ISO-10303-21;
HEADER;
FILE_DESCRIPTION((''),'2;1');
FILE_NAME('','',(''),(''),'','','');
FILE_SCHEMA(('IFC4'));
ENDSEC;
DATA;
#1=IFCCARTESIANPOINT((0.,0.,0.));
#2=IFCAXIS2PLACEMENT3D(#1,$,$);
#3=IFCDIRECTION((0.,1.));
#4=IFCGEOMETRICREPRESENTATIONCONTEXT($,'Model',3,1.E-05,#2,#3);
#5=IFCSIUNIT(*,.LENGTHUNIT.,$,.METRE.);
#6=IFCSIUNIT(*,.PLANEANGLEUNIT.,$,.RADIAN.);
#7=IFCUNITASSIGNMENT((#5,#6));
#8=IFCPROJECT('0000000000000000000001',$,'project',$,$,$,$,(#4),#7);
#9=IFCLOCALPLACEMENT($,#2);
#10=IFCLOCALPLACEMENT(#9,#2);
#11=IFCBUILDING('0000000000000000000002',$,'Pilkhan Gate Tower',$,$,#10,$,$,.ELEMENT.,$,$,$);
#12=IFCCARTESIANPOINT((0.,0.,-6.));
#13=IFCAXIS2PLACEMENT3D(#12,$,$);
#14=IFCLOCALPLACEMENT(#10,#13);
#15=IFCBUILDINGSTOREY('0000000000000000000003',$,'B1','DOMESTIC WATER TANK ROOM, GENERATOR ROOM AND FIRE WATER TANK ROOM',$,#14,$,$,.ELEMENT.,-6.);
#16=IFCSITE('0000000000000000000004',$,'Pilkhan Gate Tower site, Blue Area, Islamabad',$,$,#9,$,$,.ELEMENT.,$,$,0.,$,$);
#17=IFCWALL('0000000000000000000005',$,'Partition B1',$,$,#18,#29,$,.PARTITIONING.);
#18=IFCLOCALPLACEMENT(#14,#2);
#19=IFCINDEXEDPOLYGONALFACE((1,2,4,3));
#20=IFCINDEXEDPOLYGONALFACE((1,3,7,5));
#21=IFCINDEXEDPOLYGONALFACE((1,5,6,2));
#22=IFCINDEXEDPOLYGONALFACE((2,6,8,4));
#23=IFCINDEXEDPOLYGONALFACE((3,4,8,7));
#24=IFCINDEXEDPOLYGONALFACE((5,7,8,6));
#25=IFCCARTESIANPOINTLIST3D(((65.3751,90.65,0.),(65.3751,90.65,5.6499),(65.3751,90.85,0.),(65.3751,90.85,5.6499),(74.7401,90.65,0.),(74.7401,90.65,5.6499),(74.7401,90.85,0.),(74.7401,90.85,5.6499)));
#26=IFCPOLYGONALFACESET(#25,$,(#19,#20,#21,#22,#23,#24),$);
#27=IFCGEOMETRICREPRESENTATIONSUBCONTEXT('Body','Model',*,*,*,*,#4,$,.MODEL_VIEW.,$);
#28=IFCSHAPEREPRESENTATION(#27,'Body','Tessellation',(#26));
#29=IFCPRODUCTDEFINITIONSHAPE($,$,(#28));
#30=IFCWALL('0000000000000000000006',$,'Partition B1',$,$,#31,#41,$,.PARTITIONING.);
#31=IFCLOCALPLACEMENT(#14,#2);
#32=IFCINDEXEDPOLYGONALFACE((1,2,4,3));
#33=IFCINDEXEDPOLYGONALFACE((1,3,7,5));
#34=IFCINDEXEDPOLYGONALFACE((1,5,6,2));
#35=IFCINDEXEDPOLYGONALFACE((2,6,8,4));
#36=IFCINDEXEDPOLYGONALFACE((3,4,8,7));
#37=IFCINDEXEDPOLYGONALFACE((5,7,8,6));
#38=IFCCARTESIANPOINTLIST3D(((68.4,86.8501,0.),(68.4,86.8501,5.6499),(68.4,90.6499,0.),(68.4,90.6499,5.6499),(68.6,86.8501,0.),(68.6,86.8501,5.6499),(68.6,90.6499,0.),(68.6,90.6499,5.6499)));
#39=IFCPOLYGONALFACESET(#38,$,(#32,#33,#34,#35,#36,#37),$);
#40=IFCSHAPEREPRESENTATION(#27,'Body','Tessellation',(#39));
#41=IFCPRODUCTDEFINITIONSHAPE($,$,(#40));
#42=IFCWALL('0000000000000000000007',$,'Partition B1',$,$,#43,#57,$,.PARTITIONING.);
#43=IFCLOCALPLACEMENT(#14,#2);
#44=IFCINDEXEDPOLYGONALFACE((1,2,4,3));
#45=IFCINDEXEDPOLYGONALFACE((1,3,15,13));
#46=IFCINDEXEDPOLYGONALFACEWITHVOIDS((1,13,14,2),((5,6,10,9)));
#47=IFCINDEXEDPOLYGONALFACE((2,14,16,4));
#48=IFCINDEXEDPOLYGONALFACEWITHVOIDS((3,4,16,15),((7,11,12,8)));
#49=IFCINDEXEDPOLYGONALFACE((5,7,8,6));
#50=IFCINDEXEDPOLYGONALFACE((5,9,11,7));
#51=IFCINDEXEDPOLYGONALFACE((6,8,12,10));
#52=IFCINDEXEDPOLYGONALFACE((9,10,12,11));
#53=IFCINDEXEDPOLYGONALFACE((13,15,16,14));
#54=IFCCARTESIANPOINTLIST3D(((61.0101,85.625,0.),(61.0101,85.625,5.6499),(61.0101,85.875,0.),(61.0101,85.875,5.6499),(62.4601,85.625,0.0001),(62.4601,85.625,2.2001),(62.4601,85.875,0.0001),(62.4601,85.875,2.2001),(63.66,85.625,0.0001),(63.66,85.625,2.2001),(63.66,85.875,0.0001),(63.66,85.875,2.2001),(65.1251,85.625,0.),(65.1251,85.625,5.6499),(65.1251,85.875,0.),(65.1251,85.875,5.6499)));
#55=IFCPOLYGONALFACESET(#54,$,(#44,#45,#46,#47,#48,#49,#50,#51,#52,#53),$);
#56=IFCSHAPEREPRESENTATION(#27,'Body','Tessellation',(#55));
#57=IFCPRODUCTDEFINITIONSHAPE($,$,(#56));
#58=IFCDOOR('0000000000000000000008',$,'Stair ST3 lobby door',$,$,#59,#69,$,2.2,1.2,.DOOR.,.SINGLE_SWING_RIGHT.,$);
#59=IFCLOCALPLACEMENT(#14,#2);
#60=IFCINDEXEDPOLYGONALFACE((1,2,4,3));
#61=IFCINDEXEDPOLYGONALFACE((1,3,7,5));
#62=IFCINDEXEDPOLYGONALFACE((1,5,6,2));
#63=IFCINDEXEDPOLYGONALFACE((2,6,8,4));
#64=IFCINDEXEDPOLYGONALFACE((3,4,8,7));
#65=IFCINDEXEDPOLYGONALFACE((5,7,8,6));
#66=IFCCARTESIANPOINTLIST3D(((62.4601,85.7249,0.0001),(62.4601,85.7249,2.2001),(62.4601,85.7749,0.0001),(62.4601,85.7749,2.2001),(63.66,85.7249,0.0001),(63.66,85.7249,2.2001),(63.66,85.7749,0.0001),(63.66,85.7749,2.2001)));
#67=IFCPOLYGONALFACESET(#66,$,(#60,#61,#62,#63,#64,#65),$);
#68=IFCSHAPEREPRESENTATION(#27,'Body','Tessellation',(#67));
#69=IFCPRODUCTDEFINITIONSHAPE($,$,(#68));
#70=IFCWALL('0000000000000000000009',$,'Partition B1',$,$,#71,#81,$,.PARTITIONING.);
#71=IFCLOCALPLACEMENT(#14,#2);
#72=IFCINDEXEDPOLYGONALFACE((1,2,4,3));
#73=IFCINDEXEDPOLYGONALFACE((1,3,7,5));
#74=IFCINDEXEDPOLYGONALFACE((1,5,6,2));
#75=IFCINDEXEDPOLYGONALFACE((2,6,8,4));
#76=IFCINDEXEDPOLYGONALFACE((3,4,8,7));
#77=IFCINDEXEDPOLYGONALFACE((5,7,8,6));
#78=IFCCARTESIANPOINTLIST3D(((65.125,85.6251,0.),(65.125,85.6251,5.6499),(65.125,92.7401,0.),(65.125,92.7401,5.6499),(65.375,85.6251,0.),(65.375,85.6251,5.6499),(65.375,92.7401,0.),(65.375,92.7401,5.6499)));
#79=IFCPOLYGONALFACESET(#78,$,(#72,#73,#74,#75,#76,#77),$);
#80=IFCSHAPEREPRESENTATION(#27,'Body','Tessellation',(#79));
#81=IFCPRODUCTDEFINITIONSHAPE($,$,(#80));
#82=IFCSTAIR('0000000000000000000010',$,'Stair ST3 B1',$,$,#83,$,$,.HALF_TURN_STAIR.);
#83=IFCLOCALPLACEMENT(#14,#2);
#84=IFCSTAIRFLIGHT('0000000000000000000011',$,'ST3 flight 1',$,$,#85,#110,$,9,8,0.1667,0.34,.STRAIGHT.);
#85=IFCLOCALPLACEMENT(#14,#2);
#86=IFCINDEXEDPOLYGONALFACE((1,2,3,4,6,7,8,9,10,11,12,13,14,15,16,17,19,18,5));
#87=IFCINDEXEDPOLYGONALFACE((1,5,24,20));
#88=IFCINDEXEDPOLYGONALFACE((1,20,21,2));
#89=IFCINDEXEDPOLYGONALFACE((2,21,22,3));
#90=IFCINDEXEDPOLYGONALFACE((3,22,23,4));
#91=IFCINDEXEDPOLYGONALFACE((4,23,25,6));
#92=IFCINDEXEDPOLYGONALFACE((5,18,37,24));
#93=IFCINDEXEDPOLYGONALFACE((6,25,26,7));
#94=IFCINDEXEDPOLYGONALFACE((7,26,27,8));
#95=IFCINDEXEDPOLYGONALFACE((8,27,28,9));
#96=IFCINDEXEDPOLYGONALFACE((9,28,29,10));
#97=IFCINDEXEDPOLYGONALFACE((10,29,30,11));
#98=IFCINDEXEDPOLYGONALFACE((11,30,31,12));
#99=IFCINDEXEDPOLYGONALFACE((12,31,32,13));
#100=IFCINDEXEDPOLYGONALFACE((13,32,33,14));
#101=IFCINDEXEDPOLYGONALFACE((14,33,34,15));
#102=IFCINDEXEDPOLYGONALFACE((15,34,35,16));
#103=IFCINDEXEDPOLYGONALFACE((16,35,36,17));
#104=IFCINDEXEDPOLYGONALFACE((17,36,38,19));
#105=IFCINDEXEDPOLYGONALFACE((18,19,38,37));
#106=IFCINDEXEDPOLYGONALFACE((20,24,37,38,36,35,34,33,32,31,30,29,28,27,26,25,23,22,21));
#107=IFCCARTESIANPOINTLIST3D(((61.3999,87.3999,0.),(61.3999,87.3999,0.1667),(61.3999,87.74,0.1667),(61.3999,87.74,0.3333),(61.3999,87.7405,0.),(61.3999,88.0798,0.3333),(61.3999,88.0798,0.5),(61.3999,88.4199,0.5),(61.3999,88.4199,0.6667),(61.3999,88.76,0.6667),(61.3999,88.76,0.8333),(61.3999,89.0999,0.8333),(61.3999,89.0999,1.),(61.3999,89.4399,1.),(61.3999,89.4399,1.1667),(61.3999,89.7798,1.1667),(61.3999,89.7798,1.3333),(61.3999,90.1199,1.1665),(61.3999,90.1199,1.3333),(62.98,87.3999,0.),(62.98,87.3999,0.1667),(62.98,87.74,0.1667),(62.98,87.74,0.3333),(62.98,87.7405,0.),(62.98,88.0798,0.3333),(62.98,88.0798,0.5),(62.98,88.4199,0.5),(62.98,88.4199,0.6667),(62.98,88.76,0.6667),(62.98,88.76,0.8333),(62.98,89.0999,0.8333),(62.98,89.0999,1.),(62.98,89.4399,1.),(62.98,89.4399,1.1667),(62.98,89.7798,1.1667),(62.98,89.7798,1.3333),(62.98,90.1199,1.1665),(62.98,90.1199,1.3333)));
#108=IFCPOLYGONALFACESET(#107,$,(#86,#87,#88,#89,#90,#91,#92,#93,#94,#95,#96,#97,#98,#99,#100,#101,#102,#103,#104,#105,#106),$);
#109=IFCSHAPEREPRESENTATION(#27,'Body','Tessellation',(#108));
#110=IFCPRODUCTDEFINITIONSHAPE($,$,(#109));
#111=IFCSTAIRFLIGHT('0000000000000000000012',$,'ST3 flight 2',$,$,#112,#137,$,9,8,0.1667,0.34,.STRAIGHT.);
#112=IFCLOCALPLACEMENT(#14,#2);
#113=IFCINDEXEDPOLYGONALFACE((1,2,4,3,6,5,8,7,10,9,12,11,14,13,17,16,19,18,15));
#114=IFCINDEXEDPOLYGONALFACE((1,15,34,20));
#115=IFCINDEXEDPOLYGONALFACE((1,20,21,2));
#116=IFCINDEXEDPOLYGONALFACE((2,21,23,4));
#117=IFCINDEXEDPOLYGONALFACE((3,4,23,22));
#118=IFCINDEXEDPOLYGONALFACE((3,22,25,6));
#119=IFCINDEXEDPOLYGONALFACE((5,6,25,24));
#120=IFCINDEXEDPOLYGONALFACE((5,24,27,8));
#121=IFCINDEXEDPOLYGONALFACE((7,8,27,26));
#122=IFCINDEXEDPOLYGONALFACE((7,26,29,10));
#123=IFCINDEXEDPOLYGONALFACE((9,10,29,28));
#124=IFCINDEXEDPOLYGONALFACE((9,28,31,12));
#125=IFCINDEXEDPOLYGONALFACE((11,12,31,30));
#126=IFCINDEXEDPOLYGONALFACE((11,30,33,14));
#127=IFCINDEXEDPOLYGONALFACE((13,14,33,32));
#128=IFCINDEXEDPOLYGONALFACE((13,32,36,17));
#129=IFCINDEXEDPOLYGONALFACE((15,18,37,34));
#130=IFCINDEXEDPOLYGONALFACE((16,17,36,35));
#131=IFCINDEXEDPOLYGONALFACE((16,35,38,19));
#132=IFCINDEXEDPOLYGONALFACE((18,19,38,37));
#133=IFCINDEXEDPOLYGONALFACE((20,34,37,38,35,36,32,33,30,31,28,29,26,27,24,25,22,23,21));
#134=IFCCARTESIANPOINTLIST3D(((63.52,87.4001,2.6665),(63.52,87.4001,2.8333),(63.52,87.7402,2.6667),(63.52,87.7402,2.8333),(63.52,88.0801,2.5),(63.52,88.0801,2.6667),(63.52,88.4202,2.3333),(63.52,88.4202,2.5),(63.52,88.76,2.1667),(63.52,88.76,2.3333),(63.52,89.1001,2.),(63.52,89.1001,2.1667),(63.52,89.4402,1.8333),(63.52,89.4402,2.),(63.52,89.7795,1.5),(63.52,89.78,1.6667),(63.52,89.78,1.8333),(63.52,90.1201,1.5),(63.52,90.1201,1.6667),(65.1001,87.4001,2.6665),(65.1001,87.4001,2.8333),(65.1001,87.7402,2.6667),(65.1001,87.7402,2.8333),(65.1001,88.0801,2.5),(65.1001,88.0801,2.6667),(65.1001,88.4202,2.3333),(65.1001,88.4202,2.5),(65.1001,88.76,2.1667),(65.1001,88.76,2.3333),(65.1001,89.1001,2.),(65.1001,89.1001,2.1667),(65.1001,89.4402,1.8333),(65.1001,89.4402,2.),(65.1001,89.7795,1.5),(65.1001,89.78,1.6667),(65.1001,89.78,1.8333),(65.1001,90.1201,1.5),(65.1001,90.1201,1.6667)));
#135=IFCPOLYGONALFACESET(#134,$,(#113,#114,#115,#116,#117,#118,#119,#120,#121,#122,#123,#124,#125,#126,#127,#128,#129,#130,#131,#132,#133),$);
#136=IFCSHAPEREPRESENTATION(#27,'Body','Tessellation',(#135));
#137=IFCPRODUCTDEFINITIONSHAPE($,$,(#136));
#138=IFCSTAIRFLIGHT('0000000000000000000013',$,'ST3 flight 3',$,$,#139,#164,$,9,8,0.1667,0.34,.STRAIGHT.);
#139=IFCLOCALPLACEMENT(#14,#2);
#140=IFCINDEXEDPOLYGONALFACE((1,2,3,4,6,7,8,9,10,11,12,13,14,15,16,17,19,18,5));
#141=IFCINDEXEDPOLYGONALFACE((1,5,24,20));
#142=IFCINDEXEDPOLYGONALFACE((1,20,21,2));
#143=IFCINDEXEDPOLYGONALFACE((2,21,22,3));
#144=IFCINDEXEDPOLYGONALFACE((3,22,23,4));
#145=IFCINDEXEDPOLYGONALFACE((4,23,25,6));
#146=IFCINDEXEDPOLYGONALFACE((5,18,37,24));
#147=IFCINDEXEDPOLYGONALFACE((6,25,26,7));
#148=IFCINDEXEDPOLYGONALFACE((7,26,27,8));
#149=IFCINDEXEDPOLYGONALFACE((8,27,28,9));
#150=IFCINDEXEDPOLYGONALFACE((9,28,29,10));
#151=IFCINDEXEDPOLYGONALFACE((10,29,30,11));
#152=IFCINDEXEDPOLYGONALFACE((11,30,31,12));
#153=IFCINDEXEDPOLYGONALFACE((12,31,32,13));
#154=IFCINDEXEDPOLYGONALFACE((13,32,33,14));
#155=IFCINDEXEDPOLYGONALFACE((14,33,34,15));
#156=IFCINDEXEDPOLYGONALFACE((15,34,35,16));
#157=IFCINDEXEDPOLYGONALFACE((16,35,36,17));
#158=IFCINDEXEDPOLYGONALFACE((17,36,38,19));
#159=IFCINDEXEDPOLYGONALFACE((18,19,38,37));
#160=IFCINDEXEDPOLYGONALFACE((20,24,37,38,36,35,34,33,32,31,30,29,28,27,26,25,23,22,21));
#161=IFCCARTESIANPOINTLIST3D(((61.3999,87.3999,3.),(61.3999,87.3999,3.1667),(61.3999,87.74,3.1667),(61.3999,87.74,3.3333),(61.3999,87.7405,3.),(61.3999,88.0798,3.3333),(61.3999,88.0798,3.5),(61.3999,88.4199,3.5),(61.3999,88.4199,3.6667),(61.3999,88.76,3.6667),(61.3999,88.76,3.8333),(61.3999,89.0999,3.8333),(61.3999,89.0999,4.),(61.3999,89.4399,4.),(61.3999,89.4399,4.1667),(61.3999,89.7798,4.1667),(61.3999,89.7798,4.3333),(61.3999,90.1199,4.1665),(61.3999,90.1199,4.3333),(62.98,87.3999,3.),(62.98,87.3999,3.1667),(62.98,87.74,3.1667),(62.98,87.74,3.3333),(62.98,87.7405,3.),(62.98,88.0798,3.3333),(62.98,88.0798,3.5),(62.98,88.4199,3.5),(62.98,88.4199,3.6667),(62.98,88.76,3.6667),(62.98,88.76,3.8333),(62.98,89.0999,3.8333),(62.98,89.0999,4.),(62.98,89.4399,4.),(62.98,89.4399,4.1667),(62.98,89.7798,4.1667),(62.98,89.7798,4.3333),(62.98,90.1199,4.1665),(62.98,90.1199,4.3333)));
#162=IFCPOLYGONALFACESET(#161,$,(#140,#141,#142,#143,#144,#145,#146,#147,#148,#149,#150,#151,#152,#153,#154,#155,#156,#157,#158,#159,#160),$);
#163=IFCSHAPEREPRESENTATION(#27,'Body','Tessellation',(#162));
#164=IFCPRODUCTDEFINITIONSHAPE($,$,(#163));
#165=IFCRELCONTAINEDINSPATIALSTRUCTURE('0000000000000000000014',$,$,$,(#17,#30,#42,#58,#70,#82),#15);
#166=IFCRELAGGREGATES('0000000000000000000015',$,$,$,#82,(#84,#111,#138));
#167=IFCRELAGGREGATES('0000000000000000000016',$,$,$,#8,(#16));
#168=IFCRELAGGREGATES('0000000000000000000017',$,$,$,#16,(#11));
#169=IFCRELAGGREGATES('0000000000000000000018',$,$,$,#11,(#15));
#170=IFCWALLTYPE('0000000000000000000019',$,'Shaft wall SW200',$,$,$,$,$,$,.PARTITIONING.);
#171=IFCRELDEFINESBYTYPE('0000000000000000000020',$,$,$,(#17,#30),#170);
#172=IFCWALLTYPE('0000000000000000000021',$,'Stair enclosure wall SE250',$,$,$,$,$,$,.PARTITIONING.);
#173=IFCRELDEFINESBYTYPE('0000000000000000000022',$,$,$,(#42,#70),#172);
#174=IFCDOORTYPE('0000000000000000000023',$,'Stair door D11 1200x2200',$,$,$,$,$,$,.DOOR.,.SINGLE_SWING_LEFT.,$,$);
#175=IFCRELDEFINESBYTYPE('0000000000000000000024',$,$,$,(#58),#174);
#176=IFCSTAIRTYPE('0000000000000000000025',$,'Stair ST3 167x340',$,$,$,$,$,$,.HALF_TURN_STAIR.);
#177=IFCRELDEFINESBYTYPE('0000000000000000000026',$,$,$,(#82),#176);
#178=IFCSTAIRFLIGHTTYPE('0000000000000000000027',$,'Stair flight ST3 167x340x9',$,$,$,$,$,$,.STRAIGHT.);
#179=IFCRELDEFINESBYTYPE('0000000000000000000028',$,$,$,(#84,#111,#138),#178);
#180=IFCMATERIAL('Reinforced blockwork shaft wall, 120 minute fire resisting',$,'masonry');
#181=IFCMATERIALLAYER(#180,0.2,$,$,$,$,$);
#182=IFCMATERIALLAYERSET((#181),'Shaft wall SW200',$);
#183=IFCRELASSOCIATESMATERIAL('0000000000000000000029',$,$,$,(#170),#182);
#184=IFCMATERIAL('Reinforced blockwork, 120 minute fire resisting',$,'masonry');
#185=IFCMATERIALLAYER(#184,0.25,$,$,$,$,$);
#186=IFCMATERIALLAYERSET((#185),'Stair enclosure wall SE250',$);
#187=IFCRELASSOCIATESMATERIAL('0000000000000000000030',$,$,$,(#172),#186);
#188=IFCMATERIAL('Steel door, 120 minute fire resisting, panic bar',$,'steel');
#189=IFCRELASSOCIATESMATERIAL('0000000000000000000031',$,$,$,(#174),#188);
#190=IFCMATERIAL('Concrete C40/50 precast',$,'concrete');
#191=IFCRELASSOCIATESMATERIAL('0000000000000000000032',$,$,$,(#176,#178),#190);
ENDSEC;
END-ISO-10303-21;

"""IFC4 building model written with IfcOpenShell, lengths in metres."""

from ifc_helpers import new_model, si_unit, direction, frame, frame_2d, origin, place, context, subcontext, project, spatial, polyline, rectangle, outline, extrude, material, layer, layer_set, type_object, element, fill, aggregate, save


model = new_model("IFC4")

# Units and contexts
model_context = context("Model", 3, precision=1e-05, world=origin(), true_north=direction((0.0, 1.0)))
body_context = subcontext(model_context, "Body", "Model", "MODEL_VIEW")
ifc_project = project(units=[si_unit("LENGTHUNIT", "METRE"), si_unit("PLANEANGLEUNIT", "RADIAN")], contexts=[model_context])

# Site, building, storey
site_placement = place(None, origin())
site = spatial("IfcSite", under=ifc_project, at=site_placement, Name="Pilkhan Gate Tower site, Blue Area, Islamabad", CompositionType="ELEMENT", RefElevation=0.0)
building_placement = place(site_placement, origin())
building = spatial("IfcBuilding", under=site, at=building_placement, Name="Pilkhan Gate Tower", CompositionType="ELEMENT")
storey_placement = place(building_placement, frame((0.0, 0.0, -6.0)))
storey = spatial("IfcBuildingStorey", under=building, at=storey_placement, Name="B1", Description="DOMESTIC WATER TANK ROOM, GENERATOR ROOM AND FIRE WATER TANK ROOM", CompositionType="ELEMENT", Elevation=-6.0)

# Shared definitions
ifc_material_1 = material(Name="Reinforced blockwork shaft wall, 120 minute fire resisting", Category="masonry")
ifc_layer_1 = layer(ifc_material_1, 0.2)
ifc_layer_set_1 = layer_set([ifc_layer_1], Name="Shaft wall SW200")
wall_type_1 = type_object("IfcWallType", Name="Shaft wall SW200", PredefinedType="PARTITIONING", material=ifc_layer_set_1)

# Walls
wall_1_placement = place(storey_placement, frame((65.375, 90.75, 0.0), z_axis=(0.0, 0.0, 1.0), x_axis=(1.0, 0.0, 0.0)))
element("IfcWall", 1, at=wall_1_placement, inside=storey, type_object=wall_type_1, Name="Partition B1", PredefinedType="PARTITIONING", context=body_context, shape_type="SweptSolid", body=[
    extrude(rectangle(XDim=9.365, YDim=0.2, at=frame_2d((4.6826, 0.0))), origin(), (0.0, 0.0, 1.0), 5.6499),
])
wall_2_placement = place(storey_placement, frame((68.5, 86.8501, 0.0), z_axis=(0.0, 0.0, 1.0), x_axis=(0.0, 1.0, 0.0)))
element("IfcWall", 2, at=wall_2_placement, inside=storey, type_object=wall_type_1, Name="Partition B1", PredefinedType="PARTITIONING", context=body_context, shape_type="SweptSolid", body=[
    extrude(rectangle(XDim=3.7998, YDim=0.2, at=frame_2d((1.8999, 0.0))), origin(), (0.0, 0.0, 1.0), 5.6499),
])

# Wall, opening, door
ifc_material_2 = material(Name="Reinforced blockwork, 120 minute fire resisting", Category="masonry")
ifc_layer_2 = layer(ifc_material_2, 0.25)
ifc_layer_set_2 = layer_set([ifc_layer_2], Name="Stair enclosure wall SE250")
wall_type_2 = type_object("IfcWallType", Name="Stair enclosure wall SE250", PredefinedType="PARTITIONING", material=ifc_layer_set_2)
wall_3_placement = place(storey_placement, frame((61.01, 85.75, 0.0), z_axis=(0.0, 0.0, 1.0), x_axis=(1.0, 0.0, 0.0)))
wall_3 = element("IfcWall", 3, at=wall_3_placement, inside=storey, type_object=wall_type_2, Name="Partition B1", PredefinedType="PARTITIONING", context=body_context, shape_type="SweptSolid", body=[
    extrude(rectangle(XDim=4.115, YDim=0.25, at=frame_2d((2.0576, 0.0))), origin(), (0.0, 0.0, 1.0), 5.6499),
])
opening_1_placement = place(wall_3_placement, frame((1.45, 0.0, 0.0)))
opening_1 = element("IfcOpeningElement", 4, at=opening_1_placement, cuts=wall_3, PredefinedType="OPENING", context=body_context, shape_type="SweptSolid", body=[
    extrude(rectangle(XDim=1.2, YDim=2.2, at=frame_2d((0.6001, 1.1001))), frame((0.0, 0.135, 0.0), z_axis=(0.0, -1.0, 0.0), x_axis=(1.0, 0.0, 0.0)), (0.0, 0.0, 1.0), 0.27),
])
ifc_material_3 = material(Name="Steel door, 120 minute fire resisting, panic bar", Category="steel")
door_type_1 = type_object("IfcDoorType", Name="Stair door D11 1200x2200", OperationType="SINGLE_SWING_LEFT", PredefinedType="DOOR", material=ifc_material_3)
door_1_placement = place(opening_1_placement, origin())
door_1 = element("IfcDoor", 5, at=door_1_placement, inside=storey, type_object=door_type_1, Name="Stair ST3 lobby door", OperationType="SINGLE_SWING_RIGHT", OverallHeight=2.2, OverallWidth=1.2, PredefinedType="DOOR", context=body_context, shape_type="SweptSolid", body=[
    extrude(rectangle(XDim=1.2, YDim=2.2, at=frame_2d((0.6001, 1.1001))), frame((0.0, 0.0249, 0.0), z_axis=(0.0, -1.0, 0.0), x_axis=(1.0, 0.0, 0.0)), (0.0, 0.0, 1.0), 0.05),
])
fill(opening_1, door_1)

# Wall
wall_4_placement = place(storey_placement, frame((65.25, 85.625, 0.0), z_axis=(0.0, 0.0, 1.0), x_axis=(0.0, 1.0, 0.0)))
element("IfcWall", 6, at=wall_4_placement, inside=storey, type_object=wall_type_2, Name="Partition B1", PredefinedType="PARTITIONING", context=body_context, shape_type="SweptSolid", body=[
    extrude(rectangle(XDim=7.115, YDim=0.25, at=frame_2d((3.5576, 0.0))), origin(), (0.0, 0.0, 1.0), 5.6499),
])

# Stair, stair flights
ifc_material_4 = material(Name="Concrete C40/50 precast", Category="concrete")
stair_type = type_object("IfcStairType", Name="Stair ST3 167x340", PredefinedType="HALF_TURN_STAIR", material=ifc_material_4)
stair_placement = place(storey_placement, origin())
stair = element("IfcStair", 7, at=stair_placement, inside=storey, type_object=stair_type, Name="Stair ST3 B1", PredefinedType="HALF_TURN_STAIR")
stair_flight_type = type_object("IfcStairFlightType", Name="Stair flight ST3 167x340x9", PredefinedType="STRAIGHT", material=ifc_material_4)
stair_flight_1_placement = place(storey_placement, frame((62.1899, 87.3999, 0.0), z_axis=(0.0, 0.0, 1.0), x_axis=(0.0, 1.0, 0.0)))
stair_flight_1 = element("IfcStairFlight", 8, at=stair_flight_1_placement, type_object=stair_flight_type, Name="ST3 flight 1", NumberOfRisers=9, NumberOfTreads=8, PredefinedType="STRAIGHT", RiserHeight=0.1667, TreadLength=0.34, context=body_context, shape_type="SweptSolid", body=[
    extrude(outline(polyline([(0.0, 0.0), (0.0, 0.1667), (0.3401, 0.1667), (0.3401, 0.3333), (0.6799, 0.3333), (0.6799, 0.5), (1.02, 0.5), (1.02, 0.6667), (1.3601, 0.6667), (1.3601, 0.8333), (1.7, 0.8333), (1.7, 1.0), (2.04, 1.0), (2.04, 1.1667), (2.3799, 1.1667), (2.3799, 1.3333), (2.72, 1.3333), (2.72, 1.5), (2.72, 1.1665), (0.3406, 0.0), (0.0, 0.0)])), frame((0.0, 0.79, 0.0), z_axis=(0.0, -1.0, 0.0), x_axis=(1.0, 0.0, 0.0)), (0.0, 0.0, 1.0), 1.5801),
])
stair_flight_2_placement = place(storey_placement, frame((64.3101, 90.1201, 1.5), z_axis=(0.0, 0.0, 1.0), x_axis=(0.0, -1.0, 0.0)))
stair_flight_2 = element("IfcStairFlight", 9, at=stair_flight_2_placement, type_object=stair_flight_type, Name="ST3 flight 2", NumberOfRisers=9, NumberOfTreads=8, PredefinedType="STRAIGHT", RiserHeight=0.1667, TreadLength=0.34, context=body_context, shape_type="SweptSolid", body=[
    extrude(outline(polyline([(0.0, 0.0), (0.0, 0.1667), (0.3401, 0.1667), (0.3401, 0.3333), (0.6799, 0.3333), (0.6799, 0.5), (1.02, 0.5), (1.02, 0.6667), (1.3601, 0.6667), (1.3601, 0.8333), (1.7, 0.8333), (1.7, 1.0), (2.04, 1.0), (2.04, 1.1667), (2.3799, 1.1667), (2.3799, 1.3333), (2.72, 1.3333), (2.72, 1.5), (2.72, 1.1665), (0.3406, 0.0), (0.0, 0.0)])), frame((0.0, 0.79, 0.0), z_axis=(0.0, -1.0, 0.0), x_axis=(1.0, 0.0, 0.0)), (0.0, 0.0, 1.0), 1.5801),
])
stair_flight_3_placement = place(storey_placement, frame((62.1899, 87.3999, 3.0), z_axis=(0.0, 0.0, 1.0), x_axis=(0.0, 1.0, 0.0)))
stair_flight_3 = element("IfcStairFlight", 10, at=stair_flight_3_placement, type_object=stair_flight_type, Name="ST3 flight 3", NumberOfRisers=9, NumberOfTreads=8, PredefinedType="STRAIGHT", RiserHeight=0.1667, TreadLength=0.34, context=body_context, shape_type="SweptSolid", body=[
    extrude(outline(polyline([(0.0, 0.0), (0.0, 0.1667), (0.3401, 0.1667), (0.3401, 0.3333), (0.6799, 0.3333), (0.6799, 0.5), (1.02, 0.5), (1.02, 0.6667), (1.3601, 0.6667), (1.3601, 0.8333), (1.7, 0.8333), (1.7, 1.0), (2.04, 1.0), (2.04, 1.1667), (2.3799, 1.1667), (2.3799, 1.3333), (2.72, 1.3333), (2.72, 1.5), (2.72, 1.1665), (0.3406, 0.0), (0.0, 0.0)])), frame((0.0, 0.79, 0.0), z_axis=(0.0, -1.0, 0.0), x_axis=(1.0, 0.0, 0.0)), (0.0, 0.0, 1.0), 1.5801),
])
aggregate(stair, [stair_flight_1, stair_flight_2, stair_flight_3])

save(model, "model.ifc")
